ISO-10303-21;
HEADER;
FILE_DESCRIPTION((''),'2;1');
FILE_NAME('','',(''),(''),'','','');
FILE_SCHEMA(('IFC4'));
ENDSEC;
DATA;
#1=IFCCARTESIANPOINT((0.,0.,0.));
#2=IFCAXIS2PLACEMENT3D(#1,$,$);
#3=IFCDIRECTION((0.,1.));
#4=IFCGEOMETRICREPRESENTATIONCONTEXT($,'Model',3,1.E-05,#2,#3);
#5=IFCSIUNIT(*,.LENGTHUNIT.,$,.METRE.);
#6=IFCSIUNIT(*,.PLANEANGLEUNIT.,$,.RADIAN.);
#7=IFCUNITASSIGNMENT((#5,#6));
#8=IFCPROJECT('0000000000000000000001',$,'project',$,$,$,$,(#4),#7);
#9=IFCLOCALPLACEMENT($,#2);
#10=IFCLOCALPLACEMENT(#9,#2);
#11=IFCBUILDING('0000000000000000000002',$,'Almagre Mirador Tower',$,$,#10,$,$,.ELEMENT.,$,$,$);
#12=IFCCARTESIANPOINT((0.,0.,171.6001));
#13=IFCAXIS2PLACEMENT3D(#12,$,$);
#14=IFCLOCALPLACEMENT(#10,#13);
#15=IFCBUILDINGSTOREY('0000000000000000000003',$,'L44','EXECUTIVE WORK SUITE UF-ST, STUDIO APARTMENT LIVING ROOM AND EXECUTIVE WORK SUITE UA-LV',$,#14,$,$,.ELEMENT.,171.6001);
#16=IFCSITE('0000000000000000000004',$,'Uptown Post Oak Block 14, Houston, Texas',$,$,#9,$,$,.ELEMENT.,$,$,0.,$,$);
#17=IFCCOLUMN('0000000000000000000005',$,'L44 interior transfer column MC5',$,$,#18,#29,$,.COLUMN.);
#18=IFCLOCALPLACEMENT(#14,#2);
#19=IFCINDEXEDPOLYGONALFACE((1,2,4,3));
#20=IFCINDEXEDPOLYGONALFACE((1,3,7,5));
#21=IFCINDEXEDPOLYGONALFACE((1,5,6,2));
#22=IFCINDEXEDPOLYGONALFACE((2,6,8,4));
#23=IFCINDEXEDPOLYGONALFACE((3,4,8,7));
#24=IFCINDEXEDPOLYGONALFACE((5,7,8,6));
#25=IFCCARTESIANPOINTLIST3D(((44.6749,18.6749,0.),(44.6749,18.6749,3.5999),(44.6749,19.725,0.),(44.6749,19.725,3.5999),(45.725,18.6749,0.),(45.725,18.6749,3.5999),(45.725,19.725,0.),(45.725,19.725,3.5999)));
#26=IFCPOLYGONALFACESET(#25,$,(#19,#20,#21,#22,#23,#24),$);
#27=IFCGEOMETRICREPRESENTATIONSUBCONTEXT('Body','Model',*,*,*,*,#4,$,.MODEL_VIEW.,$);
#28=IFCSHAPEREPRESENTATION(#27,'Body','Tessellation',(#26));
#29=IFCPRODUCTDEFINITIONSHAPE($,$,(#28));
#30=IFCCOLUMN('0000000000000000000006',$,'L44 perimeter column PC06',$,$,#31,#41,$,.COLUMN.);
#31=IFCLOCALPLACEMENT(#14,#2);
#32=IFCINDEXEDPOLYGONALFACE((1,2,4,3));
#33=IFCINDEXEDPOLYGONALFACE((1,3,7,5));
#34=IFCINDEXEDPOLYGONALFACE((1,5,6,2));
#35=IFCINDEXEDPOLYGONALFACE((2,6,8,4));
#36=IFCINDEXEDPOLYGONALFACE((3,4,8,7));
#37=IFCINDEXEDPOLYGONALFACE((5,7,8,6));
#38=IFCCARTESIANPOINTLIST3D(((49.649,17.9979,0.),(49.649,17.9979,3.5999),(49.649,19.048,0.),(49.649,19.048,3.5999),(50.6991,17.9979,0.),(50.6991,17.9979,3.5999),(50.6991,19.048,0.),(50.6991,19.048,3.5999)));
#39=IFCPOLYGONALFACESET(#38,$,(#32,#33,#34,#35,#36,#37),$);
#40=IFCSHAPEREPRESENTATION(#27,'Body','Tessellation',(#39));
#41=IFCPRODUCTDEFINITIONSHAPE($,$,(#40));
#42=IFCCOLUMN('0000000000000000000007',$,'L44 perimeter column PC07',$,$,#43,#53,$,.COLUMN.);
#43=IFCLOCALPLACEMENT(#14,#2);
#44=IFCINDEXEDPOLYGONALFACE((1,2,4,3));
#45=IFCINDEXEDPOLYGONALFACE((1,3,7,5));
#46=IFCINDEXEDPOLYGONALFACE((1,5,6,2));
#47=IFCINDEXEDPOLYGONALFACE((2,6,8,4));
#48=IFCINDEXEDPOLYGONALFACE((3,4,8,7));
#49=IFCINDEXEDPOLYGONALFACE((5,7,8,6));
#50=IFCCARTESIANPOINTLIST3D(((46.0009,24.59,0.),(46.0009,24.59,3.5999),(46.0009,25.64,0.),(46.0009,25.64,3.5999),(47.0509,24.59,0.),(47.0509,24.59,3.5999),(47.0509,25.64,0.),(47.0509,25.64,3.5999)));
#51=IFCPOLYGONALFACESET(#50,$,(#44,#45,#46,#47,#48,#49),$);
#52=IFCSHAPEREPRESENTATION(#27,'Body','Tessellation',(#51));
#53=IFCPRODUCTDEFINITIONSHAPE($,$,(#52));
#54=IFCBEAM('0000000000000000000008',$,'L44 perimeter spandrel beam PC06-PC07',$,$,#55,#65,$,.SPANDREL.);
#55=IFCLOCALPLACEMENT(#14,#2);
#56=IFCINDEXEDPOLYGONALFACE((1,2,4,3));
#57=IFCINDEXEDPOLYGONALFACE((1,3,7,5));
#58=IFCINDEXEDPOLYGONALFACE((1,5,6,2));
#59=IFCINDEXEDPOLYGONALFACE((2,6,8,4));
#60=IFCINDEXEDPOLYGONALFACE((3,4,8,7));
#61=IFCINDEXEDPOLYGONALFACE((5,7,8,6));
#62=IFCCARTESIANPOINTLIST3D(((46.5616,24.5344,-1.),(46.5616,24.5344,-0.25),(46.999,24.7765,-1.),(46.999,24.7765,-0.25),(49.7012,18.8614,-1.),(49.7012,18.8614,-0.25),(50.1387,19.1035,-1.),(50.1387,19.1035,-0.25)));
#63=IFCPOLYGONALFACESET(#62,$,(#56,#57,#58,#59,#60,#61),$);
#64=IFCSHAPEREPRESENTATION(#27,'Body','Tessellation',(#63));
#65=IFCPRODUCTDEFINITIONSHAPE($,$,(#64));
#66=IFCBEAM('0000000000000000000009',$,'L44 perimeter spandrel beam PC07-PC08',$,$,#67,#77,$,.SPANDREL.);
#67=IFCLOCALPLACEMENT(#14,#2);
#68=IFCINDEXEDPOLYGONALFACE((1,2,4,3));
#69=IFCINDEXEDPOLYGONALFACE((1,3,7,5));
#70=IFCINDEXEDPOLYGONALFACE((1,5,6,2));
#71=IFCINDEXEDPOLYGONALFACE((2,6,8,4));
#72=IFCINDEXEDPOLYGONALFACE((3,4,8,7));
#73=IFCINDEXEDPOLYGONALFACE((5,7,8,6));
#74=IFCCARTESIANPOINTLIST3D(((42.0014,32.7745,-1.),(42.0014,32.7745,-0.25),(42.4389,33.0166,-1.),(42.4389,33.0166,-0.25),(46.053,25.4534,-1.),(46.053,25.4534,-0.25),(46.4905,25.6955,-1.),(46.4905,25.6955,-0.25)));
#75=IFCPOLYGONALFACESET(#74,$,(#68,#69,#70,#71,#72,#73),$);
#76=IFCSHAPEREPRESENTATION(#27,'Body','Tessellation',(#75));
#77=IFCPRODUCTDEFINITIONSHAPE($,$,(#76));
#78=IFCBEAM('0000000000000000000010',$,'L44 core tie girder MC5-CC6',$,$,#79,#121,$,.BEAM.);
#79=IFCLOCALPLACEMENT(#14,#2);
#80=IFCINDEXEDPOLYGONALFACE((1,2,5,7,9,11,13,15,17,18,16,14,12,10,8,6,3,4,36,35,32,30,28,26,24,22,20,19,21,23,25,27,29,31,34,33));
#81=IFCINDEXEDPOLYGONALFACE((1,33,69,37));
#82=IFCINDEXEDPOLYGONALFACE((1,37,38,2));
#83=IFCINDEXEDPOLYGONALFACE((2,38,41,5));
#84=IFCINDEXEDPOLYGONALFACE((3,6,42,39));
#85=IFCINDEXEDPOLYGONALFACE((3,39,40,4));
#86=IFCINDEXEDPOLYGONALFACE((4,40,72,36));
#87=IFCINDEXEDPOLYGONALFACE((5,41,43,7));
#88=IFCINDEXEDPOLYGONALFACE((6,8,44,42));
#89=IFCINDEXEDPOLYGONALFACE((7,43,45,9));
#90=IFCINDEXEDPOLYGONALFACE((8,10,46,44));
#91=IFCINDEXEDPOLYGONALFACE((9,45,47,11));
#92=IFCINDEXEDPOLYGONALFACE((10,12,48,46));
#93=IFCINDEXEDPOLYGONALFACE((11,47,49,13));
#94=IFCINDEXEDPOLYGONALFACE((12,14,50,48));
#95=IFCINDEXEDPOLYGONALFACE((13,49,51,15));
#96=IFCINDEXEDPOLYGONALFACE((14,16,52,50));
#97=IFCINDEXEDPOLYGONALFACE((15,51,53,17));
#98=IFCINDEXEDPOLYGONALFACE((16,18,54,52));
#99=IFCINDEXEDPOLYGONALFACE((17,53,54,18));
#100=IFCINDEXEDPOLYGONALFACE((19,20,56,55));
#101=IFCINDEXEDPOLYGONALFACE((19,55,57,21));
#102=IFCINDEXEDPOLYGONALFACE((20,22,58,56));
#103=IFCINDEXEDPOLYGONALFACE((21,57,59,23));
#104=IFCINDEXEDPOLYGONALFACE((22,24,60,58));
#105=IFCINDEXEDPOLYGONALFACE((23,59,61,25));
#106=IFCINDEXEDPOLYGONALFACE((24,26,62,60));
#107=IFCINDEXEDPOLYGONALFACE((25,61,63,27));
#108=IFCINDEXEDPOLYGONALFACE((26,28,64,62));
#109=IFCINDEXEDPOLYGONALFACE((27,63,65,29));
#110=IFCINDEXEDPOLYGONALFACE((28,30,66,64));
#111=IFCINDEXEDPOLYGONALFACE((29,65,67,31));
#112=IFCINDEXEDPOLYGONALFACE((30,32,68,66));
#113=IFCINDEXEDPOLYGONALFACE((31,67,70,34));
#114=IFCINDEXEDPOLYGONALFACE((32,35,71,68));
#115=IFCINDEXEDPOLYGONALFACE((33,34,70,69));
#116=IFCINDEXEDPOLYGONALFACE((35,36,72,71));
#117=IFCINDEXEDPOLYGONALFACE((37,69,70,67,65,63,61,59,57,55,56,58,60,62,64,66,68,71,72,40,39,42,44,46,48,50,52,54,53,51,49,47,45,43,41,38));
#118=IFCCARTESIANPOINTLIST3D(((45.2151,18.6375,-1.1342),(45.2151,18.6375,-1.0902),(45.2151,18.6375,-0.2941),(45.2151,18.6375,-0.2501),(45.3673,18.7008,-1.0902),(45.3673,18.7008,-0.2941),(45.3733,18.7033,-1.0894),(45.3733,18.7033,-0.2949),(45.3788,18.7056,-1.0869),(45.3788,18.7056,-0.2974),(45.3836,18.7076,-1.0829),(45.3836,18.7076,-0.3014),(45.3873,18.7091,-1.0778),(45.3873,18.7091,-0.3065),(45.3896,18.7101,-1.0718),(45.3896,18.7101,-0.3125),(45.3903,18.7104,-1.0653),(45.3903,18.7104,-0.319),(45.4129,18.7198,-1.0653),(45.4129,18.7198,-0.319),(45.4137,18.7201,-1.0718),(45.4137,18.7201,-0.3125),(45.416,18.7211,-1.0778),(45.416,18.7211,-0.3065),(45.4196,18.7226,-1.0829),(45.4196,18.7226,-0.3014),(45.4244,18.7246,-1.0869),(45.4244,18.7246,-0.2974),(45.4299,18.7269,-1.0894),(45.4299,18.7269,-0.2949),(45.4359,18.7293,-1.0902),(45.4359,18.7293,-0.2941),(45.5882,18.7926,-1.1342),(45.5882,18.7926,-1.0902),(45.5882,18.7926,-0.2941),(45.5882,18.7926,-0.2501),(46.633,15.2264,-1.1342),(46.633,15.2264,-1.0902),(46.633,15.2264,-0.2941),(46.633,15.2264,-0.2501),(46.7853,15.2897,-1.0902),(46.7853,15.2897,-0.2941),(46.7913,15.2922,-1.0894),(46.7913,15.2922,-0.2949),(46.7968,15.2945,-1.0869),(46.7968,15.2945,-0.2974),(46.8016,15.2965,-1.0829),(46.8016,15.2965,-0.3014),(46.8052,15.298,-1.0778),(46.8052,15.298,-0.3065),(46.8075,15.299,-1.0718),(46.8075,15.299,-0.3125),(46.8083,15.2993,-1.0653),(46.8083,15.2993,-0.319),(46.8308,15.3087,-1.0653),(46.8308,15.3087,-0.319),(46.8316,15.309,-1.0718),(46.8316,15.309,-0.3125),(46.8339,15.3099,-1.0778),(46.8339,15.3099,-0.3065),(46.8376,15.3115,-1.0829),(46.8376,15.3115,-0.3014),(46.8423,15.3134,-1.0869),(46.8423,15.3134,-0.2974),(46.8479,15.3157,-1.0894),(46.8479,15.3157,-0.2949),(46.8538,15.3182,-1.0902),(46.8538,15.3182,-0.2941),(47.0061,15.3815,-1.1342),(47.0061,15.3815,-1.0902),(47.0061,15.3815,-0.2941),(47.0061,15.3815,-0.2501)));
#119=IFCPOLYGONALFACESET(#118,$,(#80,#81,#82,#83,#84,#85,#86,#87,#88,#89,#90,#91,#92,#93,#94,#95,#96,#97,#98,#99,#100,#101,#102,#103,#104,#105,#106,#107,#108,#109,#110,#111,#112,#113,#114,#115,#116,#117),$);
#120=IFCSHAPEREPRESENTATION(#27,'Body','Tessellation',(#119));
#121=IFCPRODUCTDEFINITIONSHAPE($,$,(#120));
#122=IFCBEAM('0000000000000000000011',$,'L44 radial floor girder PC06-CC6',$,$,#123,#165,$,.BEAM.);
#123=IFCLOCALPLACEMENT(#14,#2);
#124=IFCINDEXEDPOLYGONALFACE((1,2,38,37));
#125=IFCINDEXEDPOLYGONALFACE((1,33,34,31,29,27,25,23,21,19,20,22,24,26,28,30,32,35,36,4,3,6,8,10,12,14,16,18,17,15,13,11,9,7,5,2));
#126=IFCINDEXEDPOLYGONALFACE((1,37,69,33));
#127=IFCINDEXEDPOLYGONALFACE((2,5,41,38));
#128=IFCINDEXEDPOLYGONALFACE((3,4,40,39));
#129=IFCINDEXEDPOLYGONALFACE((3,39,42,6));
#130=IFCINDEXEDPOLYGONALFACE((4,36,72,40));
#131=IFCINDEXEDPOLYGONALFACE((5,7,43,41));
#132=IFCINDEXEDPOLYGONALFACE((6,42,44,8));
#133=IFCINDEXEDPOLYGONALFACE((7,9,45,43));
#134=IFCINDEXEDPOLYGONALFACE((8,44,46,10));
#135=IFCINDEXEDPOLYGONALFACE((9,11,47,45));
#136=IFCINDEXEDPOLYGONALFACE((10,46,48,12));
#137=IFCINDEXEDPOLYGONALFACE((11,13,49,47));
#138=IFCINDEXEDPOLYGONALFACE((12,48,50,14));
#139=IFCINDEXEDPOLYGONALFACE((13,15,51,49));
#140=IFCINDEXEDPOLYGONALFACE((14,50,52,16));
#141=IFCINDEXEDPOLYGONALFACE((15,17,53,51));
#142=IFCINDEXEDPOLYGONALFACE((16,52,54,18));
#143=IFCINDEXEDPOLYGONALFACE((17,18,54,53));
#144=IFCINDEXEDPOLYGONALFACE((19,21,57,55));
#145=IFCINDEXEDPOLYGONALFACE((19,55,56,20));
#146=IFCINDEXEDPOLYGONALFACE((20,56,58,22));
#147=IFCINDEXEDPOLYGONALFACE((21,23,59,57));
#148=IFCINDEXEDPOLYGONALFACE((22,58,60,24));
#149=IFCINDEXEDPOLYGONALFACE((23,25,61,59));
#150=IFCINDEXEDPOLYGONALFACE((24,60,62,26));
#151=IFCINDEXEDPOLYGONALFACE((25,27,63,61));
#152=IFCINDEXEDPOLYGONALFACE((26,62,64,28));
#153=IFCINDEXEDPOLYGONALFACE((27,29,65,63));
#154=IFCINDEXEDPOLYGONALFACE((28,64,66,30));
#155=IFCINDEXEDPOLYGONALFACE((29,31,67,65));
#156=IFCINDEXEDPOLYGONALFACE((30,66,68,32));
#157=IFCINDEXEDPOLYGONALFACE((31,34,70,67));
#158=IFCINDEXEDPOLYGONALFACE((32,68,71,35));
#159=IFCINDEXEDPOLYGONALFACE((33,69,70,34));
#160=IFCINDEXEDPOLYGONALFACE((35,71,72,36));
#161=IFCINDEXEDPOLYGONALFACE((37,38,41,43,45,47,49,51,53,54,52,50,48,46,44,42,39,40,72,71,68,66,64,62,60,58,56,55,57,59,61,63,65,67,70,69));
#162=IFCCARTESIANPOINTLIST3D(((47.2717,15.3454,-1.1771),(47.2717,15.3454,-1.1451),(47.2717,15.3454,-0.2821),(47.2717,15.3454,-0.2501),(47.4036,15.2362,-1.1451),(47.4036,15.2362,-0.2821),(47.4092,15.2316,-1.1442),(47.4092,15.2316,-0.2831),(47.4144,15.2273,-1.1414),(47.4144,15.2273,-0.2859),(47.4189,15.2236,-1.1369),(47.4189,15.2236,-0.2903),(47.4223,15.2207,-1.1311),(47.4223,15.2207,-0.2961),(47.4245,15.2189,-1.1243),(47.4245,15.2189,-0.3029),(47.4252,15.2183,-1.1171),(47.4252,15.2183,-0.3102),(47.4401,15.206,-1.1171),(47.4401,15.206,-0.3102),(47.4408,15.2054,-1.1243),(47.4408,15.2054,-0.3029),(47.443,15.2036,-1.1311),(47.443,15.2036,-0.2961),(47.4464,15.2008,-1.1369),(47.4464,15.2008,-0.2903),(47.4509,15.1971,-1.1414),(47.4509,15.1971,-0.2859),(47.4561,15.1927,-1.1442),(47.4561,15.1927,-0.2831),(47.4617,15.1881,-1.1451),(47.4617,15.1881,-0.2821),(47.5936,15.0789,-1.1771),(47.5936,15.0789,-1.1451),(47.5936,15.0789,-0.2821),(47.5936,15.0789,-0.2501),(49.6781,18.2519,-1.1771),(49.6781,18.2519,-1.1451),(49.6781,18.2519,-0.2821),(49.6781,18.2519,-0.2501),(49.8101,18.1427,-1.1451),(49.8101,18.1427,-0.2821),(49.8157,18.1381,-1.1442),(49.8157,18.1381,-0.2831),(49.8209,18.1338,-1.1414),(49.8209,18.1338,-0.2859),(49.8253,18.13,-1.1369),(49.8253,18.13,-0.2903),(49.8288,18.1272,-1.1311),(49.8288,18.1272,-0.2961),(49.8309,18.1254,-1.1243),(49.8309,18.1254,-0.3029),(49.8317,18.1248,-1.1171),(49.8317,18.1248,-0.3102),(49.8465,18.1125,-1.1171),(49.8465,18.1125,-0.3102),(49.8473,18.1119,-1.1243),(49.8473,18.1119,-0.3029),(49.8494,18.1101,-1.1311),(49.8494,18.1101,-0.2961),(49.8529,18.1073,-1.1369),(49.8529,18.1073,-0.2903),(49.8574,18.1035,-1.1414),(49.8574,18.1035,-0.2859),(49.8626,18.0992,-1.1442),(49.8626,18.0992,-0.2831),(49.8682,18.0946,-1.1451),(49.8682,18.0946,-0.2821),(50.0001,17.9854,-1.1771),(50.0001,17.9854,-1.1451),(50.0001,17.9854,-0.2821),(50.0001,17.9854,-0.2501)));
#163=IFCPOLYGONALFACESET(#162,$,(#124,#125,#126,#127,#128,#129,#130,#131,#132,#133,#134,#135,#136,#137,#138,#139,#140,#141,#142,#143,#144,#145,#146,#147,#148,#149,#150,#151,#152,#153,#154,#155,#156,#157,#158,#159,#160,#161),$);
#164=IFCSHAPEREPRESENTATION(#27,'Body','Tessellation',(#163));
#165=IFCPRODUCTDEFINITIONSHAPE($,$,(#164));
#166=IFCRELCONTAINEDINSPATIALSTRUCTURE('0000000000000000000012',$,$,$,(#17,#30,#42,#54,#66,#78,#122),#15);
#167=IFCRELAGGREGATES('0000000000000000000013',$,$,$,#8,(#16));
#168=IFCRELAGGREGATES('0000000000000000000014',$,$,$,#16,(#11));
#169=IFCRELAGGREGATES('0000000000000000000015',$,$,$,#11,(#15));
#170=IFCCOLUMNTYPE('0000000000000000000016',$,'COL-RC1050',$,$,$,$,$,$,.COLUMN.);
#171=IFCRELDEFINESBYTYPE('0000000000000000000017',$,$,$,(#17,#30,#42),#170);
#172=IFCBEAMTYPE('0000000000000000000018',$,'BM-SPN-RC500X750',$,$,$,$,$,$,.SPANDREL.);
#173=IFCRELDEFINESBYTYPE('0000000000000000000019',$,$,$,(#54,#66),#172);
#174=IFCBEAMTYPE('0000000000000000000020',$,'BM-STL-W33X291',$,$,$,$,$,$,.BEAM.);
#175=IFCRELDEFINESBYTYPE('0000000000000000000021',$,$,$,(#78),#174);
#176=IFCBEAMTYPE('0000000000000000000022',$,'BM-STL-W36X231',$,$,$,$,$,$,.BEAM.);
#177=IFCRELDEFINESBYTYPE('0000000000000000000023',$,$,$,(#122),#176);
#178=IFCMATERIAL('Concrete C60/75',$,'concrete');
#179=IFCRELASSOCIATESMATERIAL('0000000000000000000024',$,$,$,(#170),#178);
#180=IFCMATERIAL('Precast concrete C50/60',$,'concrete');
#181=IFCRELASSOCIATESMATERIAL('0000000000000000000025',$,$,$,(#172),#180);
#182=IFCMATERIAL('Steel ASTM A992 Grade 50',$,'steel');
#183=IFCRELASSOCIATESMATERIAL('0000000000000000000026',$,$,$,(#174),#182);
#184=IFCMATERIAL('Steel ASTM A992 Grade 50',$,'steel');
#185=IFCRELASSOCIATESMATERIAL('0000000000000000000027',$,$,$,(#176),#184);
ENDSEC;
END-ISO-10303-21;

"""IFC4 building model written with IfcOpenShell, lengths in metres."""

from ifc_helpers import new_model, si_unit, direction, frame, origin, origin_2d, place, context, subcontext, project, spatial, rectangle, i_section, extrude, material, material_profile, profile_set, type_object, element, save


model = new_model("IFC4")

# Units and contexts
model_context = context("Model", 3, precision=1e-05, world=origin(), true_north=direction((0.0, 1.0)))
body_context = subcontext(model_context, "Body", "Model", "MODEL_VIEW")
ifc_project = project(units=[si_unit("LENGTHUNIT", "METRE"), si_unit("PLANEANGLEUNIT", "RADIAN")], contexts=[model_context])

# Site, building, storey
site_placement = place(None, origin())
site = spatial("IfcSite", under=ifc_project, at=site_placement, Name="Uptown Post Oak Block 14, Houston, Texas", CompositionType="ELEMENT", RefElevation=0.0)
building_placement = place(site_placement, origin())
building = spatial("IfcBuilding", under=site, at=building_placement, Name="Almagre Mirador Tower", CompositionType="ELEMENT")
storey_placement = place(building_placement, frame((0.0, 0.0, 171.6001)))
storey = spatial("IfcBuildingStorey", under=building, at=storey_placement, Name="L44", Description="EXECUTIVE WORK SUITE UF-ST, STUDIO APARTMENT LIVING ROOM AND EXECUTIVE WORK SUITE UA-LV", CompositionType="ELEMENT", Elevation=171.6001)

# Columns
ifc_material_1 = material(Name="Concrete C60/75", Category="concrete")
ifc_material_profile_1 = material_profile(ifc_material_1, rectangle(XDim=1.05, YDim=1.05, at=origin_2d()), Name="RC1050X1050")
ifc_profile_set_1 = profile_set([ifc_material_profile_1], Name="Concrete C60/75")
column_type = type_object("IfcColumnType", Name="COL-RC1050", PredefinedType="COLUMN", material=ifc_profile_set_1)
for number, where, z_axis, x_axis, name in (
    (1, (45.2, 19.2, 0.0), (0.0, 0.0, 1.0), (1.0, 0.0, 0.0), "L44 interior transfer column MC5"),
    (2, (50.1741, 18.5229, 0.0), (0.0, 0.0, 1.0), (1.0, 0.0, 0.0), "L44 perimeter column PC06"),
    (3, (46.5259, 25.115, 0.0), (0.0, 0.0, 1.0), (1.0, 0.0, 0.0), "L44 perimeter column PC07"),
):
    element("IfcColumn", number, at=place(storey_placement, frame(where, z_axis=z_axis, x_axis=x_axis)), inside=storey, type_object=column_type, Name=name, PredefinedType="COLUMN", context=body_context, shape_type="SweptSolid", body=[
        extrude(rectangle(XDim=1.05, YDim=1.05, at=origin_2d()), origin(), (0.0, 0.0, 1.0), 3.5999),
    ])

# Beams
ifc_material_2 = material(Name="Precast concrete C50/60", Category="concrete")
ifc_material_profile_2 = material_profile(ifc_material_2, rectangle(XDim=0.5, YDim=0.75, at=origin_2d()), Name="RC500X750")
ifc_profile_set_2 = profile_set([ifc_material_profile_2], Name="Precast concrete C50/60")
beam_type_1 = type_object("IfcBeamType", Name="BM-SPN-RC500X750", PredefinedType="SPANDREL", material=ifc_profile_set_2)
beam_1_placement = place(storey_placement, frame((49.9199, 18.9824, -0.625), z_axis=(-0.48422, 0.874946, 0.0), x_axis=(-0.874946, -0.48422, 0.0)))
element("IfcBeam", 4, at=beam_1_placement, inside=storey, type_object=beam_type_1, Name="L44 perimeter spandrel beam PC06-PC07", PredefinedType="SPANDREL", context=body_context, shape_type="SweptSolid", body=[
    extrude(rectangle(XDim=0.5, YDim=0.75, at=origin_2d()), origin(), (0.0, 0.0, 1.0), 6.4839),
])
beam_2_placement = place(storey_placement, frame((46.2717, 25.5745, -0.625), z_axis=(-0.484205, 0.874954, 0.0), x_axis=(-0.874954, -0.484205, 0.0)))
element("IfcBeam", 5, at=beam_2_placement, inside=storey, type_object=beam_type_1, Name="L44 perimeter spandrel beam PC07-PC08", PredefinedType="SPANDREL", context=body_context, shape_type="SweptSolid", body=[
    extrude(rectangle(XDim=0.5, YDim=0.75, at=origin_2d()), origin(), (0.0, 0.0, 1.0), 8.3674),
])
ifc_material_3 = material(Name="Steel ASTM A992 Grade 50", Category="steel")
ifc_material_profile_3 = material_profile(ifc_material_3, i_section(OverallWidth=0.4041, OverallDepth=0.884, WebThickness=0.0244, FlangeThickness=0.0439, FilletRadius=0.0249, at=origin_2d()), Name="W33X291")
ifc_profile_set_3 = profile_set([ifc_material_profile_3], Name="Steel ASTM A992 Grade 50")
beam_type_2 = type_object("IfcBeamType", Name="BM-STL-W33X291", PredefinedType="BEAM", material=ifc_profile_set_3)
beam_3_placement = place(storey_placement, frame((45.4016, 18.7151, -0.6921), z_axis=(0.383846, -0.923397, 0.0), x_axis=(0.923397, 0.383846, 0.0)))
element("IfcBeam", 6, at=beam_3_placement, inside=storey, type_object=beam_type_2, Name="L44 core tie girder MC5-CC6", PredefinedType="BEAM", context=body_context, shape_type="SweptSolid", body=[
    extrude(i_section(OverallWidth=0.4041, OverallDepth=0.884, WebThickness=0.0244, FlangeThickness=0.0439, FilletRadius=0.0249, at=origin_2d()), origin(), (0.0, 0.0, 1.0), 3.6941),
])
ifc_material_4 = material(Name="Steel ASTM A992 Grade 50", Category="steel")
ifc_material_profile_4 = material_profile(ifc_material_4, i_section(OverallWidth=0.418, OverallDepth=0.927, WebThickness=0.0193, FlangeThickness=0.032, FilletRadius=0.0281, at=origin_2d()), Name="W36X231")
ifc_profile_set_4 = profile_set([ifc_material_profile_4], Name="Steel ASTM A992 Grade 50")
beam_type_3 = type_object("IfcBeamType", Name="BM-STL-W36X231", PredefinedType="BEAM", material=ifc_profile_set_4)
beam_4_placement = place(storey_placement, frame((49.8391, 18.1187, -0.7136), z_axis=(-0.637744, -0.770249, 0.0), x_axis=(0.770249, -0.637744, 0.0)))
element("IfcBeam", 7, at=beam_4_placement, inside=storey, type_object=beam_type_3, Name="L44 radial floor girder PC06-CC6", PredefinedType="BEAM", context=body_context, shape_type="SweptSolid", body=[
    extrude(i_section(OverallWidth=0.418, OverallDepth=0.927, WebThickness=0.0193, FlangeThickness=0.032, FilletRadius=0.0281, at=origin_2d()), origin(), (0.0, 0.0, 1.0), 3.7734),
])

save(model, "model.ifc")
